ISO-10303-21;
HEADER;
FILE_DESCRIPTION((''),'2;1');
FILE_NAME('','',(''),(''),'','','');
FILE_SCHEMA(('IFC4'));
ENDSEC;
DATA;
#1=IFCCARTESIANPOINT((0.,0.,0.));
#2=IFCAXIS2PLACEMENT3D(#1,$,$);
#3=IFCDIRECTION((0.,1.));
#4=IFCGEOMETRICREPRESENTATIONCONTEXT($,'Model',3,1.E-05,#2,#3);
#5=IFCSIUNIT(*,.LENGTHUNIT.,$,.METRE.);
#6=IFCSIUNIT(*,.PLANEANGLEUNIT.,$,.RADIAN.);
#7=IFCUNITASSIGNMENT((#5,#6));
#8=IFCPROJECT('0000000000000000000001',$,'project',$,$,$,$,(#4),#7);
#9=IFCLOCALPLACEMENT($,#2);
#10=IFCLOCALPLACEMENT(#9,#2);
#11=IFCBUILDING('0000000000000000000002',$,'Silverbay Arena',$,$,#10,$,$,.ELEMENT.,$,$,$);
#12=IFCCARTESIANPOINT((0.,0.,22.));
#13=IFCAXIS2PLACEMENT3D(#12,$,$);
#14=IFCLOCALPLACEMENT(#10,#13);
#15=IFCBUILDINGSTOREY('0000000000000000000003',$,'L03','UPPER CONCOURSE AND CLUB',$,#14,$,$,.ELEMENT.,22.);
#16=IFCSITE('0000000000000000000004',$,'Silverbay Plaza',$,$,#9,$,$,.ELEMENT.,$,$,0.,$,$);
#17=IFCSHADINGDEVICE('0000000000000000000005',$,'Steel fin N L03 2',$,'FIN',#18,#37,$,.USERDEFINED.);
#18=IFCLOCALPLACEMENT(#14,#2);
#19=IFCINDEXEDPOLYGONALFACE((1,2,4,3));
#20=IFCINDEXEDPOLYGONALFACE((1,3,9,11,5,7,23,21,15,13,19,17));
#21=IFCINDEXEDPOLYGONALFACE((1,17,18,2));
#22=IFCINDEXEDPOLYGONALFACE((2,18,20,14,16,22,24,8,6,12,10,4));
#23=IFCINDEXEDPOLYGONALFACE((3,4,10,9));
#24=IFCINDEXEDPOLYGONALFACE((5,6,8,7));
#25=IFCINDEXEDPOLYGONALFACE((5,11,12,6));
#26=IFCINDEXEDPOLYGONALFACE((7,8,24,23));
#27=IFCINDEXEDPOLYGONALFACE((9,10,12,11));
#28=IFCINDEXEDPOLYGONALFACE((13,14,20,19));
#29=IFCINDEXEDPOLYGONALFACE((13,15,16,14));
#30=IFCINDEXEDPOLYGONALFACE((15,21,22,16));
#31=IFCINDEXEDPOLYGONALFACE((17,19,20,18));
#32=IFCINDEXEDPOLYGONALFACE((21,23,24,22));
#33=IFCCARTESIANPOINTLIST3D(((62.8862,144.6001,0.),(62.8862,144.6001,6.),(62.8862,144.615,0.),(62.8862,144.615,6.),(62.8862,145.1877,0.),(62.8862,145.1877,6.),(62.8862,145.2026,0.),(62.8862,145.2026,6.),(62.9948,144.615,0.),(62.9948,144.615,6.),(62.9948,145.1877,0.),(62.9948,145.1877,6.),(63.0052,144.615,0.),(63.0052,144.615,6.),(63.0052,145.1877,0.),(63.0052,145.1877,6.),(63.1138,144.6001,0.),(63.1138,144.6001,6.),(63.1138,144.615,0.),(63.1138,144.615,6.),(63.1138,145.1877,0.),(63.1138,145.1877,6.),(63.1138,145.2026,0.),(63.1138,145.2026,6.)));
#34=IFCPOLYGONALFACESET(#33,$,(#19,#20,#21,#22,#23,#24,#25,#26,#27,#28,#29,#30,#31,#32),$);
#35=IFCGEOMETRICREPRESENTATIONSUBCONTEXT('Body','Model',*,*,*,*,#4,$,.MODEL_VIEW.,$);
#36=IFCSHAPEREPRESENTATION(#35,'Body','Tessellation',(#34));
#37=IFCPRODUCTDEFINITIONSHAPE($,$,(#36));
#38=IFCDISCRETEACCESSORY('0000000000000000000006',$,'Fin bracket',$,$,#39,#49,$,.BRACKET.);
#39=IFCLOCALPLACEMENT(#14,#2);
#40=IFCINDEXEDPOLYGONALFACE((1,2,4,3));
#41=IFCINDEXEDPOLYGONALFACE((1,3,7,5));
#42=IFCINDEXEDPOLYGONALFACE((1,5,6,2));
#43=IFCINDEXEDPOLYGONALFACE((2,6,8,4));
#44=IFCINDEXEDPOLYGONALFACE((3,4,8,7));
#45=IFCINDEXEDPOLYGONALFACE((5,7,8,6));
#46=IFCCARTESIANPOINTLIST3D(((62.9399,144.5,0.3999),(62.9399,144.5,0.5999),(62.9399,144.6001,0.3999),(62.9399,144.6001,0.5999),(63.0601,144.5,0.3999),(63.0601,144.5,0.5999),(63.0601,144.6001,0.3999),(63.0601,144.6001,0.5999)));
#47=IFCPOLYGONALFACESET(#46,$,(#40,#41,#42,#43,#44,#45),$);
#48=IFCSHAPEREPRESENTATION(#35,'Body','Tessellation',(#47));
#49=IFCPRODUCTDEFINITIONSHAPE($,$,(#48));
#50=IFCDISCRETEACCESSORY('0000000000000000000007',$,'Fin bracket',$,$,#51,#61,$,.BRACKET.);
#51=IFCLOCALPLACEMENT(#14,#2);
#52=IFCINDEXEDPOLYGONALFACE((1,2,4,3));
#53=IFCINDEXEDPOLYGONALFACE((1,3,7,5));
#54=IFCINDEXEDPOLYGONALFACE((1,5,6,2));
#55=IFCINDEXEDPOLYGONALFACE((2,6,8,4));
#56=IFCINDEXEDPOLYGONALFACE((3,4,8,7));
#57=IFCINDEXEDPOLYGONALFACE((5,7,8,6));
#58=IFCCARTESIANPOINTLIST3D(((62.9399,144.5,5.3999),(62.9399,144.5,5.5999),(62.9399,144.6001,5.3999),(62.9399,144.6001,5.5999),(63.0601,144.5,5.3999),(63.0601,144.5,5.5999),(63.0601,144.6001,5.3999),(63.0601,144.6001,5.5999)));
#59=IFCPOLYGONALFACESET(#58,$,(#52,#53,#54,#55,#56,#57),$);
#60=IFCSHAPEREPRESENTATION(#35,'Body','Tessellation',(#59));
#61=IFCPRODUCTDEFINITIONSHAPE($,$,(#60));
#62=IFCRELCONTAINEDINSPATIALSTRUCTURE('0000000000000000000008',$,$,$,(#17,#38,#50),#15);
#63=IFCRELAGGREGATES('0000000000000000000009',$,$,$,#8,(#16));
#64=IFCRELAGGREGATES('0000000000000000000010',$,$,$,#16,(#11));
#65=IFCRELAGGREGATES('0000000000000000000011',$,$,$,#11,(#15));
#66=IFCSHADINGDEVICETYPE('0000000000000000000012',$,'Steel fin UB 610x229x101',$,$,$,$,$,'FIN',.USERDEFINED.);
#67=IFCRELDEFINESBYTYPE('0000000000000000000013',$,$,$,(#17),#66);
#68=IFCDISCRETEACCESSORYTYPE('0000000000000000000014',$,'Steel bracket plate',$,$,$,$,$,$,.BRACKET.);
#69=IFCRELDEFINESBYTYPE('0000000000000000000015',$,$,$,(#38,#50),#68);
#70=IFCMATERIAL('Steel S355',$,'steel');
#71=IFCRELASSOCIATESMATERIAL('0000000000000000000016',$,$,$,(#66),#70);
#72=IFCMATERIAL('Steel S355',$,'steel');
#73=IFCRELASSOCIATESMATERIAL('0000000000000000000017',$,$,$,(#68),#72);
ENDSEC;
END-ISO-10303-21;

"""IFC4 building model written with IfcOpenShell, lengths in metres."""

from ifc_helpers import new_model, si_unit, direction, frame, origin, origin_2d, place, context, subcontext, project, spatial, rectangle, i_section, extrude, material, material_profile, profile_set, type_object, element, save


model = new_model("IFC4")

# Units and contexts
model_context = context("Model", 3, precision=1e-05, world=origin(), true_north=direction((0.0, 1.0)))
body_context = subcontext(model_context, "Body", "Model", "MODEL_VIEW")
ifc_project = project(units=[si_unit("LENGTHUNIT", "METRE"), si_unit("PLANEANGLEUNIT", "RADIAN")], contexts=[model_context])

# Site, building, storey
site_placement = place(None, origin())
site = spatial("IfcSite", under=ifc_project, at=site_placement, Name="Silverbay Plaza", CompositionType="ELEMENT", RefElevation=0.0)
building_placement = place(site_placement, origin())
building = spatial("IfcBuilding", under=site, at=building_placement, Name="Silverbay Arena", CompositionType="ELEMENT")
storey_placement = place(building_placement, frame((0.0, 0.0, 22.0)))
storey = spatial("IfcBuildingStorey", under=building, at=storey_placement, Name="L03", Description="UPPER CONCOURSE AND CLUB", CompositionType="ELEMENT", Elevation=22.0)

# Shading device
ifc_material_1 = material(Name="Steel S355", Category="steel")
ifc_material_profile_1 = material_profile(ifc_material_1, i_section(OverallWidth=0.2275, OverallDepth=0.6025, WebThickness=0.0105, FlangeThickness=0.0149, at=origin_2d()), Name="UB 610x229x101")
ifc_profile_set_1 = profile_set([ifc_material_profile_1], Name="Steel S355")
shading_device_type = type_object("IfcShadingDeviceType", Name="Steel fin UB 610x229x101", ElementType="FIN", PredefinedType="USERDEFINED", material=ifc_profile_set_1)
shading_device_placement = place(storey_placement, frame((63.0, 144.9014, 0.0), z_axis=(0.0, 0.0, 1.0), x_axis=(1.0, 0.0, 0.0)))
element("IfcShadingDevice", 1, at=shading_device_placement, inside=storey, type_object=shading_device_type, Name="Steel fin N L03 2", ObjectType="FIN", PredefinedType="USERDEFINED", context=body_context, shape_type="SweptSolid", body=[
    extrude(i_section(OverallWidth=0.2275, OverallDepth=0.6025, WebThickness=0.0105, FlangeThickness=0.0149, at=origin_2d()), origin(), (0.0, 0.0, 1.0), 6.0),
])

# Discrete accessories
ifc_material_2 = material(Name="Steel S355", Category="steel")
discrete_accessory_type = type_object("IfcDiscreteAccessoryType", Name="Steel bracket plate", PredefinedType="BRACKET", material=ifc_material_2)
for number, where, z_axis, x_axis, name in (
    (2, (63.0, 144.55, 0.3999), (0.0, 0.0, 1.0), (1.0, 0.0, 0.0), "Fin bracket"),
    (3, (63.0, 144.55, 5.3999), (0.0, 0.0, 1.0), (1.0, 0.0, 0.0), "Fin bracket"),
):
    element("IfcDiscreteAccessory", number, at=place(storey_placement, frame(where, z_axis=z_axis, x_axis=x_axis)), inside=storey, type_object=discrete_accessory_type, Name=name, PredefinedType="BRACKET", context=body_context, shape_type="SweptSolid", body=[
        extrude(rectangle(XDim=0.1201, YDim=0.1001, at=origin_2d()), origin(), (0.0, 0.0, 1.0), 0.2),
    ])

save(model, "model.ifc")
